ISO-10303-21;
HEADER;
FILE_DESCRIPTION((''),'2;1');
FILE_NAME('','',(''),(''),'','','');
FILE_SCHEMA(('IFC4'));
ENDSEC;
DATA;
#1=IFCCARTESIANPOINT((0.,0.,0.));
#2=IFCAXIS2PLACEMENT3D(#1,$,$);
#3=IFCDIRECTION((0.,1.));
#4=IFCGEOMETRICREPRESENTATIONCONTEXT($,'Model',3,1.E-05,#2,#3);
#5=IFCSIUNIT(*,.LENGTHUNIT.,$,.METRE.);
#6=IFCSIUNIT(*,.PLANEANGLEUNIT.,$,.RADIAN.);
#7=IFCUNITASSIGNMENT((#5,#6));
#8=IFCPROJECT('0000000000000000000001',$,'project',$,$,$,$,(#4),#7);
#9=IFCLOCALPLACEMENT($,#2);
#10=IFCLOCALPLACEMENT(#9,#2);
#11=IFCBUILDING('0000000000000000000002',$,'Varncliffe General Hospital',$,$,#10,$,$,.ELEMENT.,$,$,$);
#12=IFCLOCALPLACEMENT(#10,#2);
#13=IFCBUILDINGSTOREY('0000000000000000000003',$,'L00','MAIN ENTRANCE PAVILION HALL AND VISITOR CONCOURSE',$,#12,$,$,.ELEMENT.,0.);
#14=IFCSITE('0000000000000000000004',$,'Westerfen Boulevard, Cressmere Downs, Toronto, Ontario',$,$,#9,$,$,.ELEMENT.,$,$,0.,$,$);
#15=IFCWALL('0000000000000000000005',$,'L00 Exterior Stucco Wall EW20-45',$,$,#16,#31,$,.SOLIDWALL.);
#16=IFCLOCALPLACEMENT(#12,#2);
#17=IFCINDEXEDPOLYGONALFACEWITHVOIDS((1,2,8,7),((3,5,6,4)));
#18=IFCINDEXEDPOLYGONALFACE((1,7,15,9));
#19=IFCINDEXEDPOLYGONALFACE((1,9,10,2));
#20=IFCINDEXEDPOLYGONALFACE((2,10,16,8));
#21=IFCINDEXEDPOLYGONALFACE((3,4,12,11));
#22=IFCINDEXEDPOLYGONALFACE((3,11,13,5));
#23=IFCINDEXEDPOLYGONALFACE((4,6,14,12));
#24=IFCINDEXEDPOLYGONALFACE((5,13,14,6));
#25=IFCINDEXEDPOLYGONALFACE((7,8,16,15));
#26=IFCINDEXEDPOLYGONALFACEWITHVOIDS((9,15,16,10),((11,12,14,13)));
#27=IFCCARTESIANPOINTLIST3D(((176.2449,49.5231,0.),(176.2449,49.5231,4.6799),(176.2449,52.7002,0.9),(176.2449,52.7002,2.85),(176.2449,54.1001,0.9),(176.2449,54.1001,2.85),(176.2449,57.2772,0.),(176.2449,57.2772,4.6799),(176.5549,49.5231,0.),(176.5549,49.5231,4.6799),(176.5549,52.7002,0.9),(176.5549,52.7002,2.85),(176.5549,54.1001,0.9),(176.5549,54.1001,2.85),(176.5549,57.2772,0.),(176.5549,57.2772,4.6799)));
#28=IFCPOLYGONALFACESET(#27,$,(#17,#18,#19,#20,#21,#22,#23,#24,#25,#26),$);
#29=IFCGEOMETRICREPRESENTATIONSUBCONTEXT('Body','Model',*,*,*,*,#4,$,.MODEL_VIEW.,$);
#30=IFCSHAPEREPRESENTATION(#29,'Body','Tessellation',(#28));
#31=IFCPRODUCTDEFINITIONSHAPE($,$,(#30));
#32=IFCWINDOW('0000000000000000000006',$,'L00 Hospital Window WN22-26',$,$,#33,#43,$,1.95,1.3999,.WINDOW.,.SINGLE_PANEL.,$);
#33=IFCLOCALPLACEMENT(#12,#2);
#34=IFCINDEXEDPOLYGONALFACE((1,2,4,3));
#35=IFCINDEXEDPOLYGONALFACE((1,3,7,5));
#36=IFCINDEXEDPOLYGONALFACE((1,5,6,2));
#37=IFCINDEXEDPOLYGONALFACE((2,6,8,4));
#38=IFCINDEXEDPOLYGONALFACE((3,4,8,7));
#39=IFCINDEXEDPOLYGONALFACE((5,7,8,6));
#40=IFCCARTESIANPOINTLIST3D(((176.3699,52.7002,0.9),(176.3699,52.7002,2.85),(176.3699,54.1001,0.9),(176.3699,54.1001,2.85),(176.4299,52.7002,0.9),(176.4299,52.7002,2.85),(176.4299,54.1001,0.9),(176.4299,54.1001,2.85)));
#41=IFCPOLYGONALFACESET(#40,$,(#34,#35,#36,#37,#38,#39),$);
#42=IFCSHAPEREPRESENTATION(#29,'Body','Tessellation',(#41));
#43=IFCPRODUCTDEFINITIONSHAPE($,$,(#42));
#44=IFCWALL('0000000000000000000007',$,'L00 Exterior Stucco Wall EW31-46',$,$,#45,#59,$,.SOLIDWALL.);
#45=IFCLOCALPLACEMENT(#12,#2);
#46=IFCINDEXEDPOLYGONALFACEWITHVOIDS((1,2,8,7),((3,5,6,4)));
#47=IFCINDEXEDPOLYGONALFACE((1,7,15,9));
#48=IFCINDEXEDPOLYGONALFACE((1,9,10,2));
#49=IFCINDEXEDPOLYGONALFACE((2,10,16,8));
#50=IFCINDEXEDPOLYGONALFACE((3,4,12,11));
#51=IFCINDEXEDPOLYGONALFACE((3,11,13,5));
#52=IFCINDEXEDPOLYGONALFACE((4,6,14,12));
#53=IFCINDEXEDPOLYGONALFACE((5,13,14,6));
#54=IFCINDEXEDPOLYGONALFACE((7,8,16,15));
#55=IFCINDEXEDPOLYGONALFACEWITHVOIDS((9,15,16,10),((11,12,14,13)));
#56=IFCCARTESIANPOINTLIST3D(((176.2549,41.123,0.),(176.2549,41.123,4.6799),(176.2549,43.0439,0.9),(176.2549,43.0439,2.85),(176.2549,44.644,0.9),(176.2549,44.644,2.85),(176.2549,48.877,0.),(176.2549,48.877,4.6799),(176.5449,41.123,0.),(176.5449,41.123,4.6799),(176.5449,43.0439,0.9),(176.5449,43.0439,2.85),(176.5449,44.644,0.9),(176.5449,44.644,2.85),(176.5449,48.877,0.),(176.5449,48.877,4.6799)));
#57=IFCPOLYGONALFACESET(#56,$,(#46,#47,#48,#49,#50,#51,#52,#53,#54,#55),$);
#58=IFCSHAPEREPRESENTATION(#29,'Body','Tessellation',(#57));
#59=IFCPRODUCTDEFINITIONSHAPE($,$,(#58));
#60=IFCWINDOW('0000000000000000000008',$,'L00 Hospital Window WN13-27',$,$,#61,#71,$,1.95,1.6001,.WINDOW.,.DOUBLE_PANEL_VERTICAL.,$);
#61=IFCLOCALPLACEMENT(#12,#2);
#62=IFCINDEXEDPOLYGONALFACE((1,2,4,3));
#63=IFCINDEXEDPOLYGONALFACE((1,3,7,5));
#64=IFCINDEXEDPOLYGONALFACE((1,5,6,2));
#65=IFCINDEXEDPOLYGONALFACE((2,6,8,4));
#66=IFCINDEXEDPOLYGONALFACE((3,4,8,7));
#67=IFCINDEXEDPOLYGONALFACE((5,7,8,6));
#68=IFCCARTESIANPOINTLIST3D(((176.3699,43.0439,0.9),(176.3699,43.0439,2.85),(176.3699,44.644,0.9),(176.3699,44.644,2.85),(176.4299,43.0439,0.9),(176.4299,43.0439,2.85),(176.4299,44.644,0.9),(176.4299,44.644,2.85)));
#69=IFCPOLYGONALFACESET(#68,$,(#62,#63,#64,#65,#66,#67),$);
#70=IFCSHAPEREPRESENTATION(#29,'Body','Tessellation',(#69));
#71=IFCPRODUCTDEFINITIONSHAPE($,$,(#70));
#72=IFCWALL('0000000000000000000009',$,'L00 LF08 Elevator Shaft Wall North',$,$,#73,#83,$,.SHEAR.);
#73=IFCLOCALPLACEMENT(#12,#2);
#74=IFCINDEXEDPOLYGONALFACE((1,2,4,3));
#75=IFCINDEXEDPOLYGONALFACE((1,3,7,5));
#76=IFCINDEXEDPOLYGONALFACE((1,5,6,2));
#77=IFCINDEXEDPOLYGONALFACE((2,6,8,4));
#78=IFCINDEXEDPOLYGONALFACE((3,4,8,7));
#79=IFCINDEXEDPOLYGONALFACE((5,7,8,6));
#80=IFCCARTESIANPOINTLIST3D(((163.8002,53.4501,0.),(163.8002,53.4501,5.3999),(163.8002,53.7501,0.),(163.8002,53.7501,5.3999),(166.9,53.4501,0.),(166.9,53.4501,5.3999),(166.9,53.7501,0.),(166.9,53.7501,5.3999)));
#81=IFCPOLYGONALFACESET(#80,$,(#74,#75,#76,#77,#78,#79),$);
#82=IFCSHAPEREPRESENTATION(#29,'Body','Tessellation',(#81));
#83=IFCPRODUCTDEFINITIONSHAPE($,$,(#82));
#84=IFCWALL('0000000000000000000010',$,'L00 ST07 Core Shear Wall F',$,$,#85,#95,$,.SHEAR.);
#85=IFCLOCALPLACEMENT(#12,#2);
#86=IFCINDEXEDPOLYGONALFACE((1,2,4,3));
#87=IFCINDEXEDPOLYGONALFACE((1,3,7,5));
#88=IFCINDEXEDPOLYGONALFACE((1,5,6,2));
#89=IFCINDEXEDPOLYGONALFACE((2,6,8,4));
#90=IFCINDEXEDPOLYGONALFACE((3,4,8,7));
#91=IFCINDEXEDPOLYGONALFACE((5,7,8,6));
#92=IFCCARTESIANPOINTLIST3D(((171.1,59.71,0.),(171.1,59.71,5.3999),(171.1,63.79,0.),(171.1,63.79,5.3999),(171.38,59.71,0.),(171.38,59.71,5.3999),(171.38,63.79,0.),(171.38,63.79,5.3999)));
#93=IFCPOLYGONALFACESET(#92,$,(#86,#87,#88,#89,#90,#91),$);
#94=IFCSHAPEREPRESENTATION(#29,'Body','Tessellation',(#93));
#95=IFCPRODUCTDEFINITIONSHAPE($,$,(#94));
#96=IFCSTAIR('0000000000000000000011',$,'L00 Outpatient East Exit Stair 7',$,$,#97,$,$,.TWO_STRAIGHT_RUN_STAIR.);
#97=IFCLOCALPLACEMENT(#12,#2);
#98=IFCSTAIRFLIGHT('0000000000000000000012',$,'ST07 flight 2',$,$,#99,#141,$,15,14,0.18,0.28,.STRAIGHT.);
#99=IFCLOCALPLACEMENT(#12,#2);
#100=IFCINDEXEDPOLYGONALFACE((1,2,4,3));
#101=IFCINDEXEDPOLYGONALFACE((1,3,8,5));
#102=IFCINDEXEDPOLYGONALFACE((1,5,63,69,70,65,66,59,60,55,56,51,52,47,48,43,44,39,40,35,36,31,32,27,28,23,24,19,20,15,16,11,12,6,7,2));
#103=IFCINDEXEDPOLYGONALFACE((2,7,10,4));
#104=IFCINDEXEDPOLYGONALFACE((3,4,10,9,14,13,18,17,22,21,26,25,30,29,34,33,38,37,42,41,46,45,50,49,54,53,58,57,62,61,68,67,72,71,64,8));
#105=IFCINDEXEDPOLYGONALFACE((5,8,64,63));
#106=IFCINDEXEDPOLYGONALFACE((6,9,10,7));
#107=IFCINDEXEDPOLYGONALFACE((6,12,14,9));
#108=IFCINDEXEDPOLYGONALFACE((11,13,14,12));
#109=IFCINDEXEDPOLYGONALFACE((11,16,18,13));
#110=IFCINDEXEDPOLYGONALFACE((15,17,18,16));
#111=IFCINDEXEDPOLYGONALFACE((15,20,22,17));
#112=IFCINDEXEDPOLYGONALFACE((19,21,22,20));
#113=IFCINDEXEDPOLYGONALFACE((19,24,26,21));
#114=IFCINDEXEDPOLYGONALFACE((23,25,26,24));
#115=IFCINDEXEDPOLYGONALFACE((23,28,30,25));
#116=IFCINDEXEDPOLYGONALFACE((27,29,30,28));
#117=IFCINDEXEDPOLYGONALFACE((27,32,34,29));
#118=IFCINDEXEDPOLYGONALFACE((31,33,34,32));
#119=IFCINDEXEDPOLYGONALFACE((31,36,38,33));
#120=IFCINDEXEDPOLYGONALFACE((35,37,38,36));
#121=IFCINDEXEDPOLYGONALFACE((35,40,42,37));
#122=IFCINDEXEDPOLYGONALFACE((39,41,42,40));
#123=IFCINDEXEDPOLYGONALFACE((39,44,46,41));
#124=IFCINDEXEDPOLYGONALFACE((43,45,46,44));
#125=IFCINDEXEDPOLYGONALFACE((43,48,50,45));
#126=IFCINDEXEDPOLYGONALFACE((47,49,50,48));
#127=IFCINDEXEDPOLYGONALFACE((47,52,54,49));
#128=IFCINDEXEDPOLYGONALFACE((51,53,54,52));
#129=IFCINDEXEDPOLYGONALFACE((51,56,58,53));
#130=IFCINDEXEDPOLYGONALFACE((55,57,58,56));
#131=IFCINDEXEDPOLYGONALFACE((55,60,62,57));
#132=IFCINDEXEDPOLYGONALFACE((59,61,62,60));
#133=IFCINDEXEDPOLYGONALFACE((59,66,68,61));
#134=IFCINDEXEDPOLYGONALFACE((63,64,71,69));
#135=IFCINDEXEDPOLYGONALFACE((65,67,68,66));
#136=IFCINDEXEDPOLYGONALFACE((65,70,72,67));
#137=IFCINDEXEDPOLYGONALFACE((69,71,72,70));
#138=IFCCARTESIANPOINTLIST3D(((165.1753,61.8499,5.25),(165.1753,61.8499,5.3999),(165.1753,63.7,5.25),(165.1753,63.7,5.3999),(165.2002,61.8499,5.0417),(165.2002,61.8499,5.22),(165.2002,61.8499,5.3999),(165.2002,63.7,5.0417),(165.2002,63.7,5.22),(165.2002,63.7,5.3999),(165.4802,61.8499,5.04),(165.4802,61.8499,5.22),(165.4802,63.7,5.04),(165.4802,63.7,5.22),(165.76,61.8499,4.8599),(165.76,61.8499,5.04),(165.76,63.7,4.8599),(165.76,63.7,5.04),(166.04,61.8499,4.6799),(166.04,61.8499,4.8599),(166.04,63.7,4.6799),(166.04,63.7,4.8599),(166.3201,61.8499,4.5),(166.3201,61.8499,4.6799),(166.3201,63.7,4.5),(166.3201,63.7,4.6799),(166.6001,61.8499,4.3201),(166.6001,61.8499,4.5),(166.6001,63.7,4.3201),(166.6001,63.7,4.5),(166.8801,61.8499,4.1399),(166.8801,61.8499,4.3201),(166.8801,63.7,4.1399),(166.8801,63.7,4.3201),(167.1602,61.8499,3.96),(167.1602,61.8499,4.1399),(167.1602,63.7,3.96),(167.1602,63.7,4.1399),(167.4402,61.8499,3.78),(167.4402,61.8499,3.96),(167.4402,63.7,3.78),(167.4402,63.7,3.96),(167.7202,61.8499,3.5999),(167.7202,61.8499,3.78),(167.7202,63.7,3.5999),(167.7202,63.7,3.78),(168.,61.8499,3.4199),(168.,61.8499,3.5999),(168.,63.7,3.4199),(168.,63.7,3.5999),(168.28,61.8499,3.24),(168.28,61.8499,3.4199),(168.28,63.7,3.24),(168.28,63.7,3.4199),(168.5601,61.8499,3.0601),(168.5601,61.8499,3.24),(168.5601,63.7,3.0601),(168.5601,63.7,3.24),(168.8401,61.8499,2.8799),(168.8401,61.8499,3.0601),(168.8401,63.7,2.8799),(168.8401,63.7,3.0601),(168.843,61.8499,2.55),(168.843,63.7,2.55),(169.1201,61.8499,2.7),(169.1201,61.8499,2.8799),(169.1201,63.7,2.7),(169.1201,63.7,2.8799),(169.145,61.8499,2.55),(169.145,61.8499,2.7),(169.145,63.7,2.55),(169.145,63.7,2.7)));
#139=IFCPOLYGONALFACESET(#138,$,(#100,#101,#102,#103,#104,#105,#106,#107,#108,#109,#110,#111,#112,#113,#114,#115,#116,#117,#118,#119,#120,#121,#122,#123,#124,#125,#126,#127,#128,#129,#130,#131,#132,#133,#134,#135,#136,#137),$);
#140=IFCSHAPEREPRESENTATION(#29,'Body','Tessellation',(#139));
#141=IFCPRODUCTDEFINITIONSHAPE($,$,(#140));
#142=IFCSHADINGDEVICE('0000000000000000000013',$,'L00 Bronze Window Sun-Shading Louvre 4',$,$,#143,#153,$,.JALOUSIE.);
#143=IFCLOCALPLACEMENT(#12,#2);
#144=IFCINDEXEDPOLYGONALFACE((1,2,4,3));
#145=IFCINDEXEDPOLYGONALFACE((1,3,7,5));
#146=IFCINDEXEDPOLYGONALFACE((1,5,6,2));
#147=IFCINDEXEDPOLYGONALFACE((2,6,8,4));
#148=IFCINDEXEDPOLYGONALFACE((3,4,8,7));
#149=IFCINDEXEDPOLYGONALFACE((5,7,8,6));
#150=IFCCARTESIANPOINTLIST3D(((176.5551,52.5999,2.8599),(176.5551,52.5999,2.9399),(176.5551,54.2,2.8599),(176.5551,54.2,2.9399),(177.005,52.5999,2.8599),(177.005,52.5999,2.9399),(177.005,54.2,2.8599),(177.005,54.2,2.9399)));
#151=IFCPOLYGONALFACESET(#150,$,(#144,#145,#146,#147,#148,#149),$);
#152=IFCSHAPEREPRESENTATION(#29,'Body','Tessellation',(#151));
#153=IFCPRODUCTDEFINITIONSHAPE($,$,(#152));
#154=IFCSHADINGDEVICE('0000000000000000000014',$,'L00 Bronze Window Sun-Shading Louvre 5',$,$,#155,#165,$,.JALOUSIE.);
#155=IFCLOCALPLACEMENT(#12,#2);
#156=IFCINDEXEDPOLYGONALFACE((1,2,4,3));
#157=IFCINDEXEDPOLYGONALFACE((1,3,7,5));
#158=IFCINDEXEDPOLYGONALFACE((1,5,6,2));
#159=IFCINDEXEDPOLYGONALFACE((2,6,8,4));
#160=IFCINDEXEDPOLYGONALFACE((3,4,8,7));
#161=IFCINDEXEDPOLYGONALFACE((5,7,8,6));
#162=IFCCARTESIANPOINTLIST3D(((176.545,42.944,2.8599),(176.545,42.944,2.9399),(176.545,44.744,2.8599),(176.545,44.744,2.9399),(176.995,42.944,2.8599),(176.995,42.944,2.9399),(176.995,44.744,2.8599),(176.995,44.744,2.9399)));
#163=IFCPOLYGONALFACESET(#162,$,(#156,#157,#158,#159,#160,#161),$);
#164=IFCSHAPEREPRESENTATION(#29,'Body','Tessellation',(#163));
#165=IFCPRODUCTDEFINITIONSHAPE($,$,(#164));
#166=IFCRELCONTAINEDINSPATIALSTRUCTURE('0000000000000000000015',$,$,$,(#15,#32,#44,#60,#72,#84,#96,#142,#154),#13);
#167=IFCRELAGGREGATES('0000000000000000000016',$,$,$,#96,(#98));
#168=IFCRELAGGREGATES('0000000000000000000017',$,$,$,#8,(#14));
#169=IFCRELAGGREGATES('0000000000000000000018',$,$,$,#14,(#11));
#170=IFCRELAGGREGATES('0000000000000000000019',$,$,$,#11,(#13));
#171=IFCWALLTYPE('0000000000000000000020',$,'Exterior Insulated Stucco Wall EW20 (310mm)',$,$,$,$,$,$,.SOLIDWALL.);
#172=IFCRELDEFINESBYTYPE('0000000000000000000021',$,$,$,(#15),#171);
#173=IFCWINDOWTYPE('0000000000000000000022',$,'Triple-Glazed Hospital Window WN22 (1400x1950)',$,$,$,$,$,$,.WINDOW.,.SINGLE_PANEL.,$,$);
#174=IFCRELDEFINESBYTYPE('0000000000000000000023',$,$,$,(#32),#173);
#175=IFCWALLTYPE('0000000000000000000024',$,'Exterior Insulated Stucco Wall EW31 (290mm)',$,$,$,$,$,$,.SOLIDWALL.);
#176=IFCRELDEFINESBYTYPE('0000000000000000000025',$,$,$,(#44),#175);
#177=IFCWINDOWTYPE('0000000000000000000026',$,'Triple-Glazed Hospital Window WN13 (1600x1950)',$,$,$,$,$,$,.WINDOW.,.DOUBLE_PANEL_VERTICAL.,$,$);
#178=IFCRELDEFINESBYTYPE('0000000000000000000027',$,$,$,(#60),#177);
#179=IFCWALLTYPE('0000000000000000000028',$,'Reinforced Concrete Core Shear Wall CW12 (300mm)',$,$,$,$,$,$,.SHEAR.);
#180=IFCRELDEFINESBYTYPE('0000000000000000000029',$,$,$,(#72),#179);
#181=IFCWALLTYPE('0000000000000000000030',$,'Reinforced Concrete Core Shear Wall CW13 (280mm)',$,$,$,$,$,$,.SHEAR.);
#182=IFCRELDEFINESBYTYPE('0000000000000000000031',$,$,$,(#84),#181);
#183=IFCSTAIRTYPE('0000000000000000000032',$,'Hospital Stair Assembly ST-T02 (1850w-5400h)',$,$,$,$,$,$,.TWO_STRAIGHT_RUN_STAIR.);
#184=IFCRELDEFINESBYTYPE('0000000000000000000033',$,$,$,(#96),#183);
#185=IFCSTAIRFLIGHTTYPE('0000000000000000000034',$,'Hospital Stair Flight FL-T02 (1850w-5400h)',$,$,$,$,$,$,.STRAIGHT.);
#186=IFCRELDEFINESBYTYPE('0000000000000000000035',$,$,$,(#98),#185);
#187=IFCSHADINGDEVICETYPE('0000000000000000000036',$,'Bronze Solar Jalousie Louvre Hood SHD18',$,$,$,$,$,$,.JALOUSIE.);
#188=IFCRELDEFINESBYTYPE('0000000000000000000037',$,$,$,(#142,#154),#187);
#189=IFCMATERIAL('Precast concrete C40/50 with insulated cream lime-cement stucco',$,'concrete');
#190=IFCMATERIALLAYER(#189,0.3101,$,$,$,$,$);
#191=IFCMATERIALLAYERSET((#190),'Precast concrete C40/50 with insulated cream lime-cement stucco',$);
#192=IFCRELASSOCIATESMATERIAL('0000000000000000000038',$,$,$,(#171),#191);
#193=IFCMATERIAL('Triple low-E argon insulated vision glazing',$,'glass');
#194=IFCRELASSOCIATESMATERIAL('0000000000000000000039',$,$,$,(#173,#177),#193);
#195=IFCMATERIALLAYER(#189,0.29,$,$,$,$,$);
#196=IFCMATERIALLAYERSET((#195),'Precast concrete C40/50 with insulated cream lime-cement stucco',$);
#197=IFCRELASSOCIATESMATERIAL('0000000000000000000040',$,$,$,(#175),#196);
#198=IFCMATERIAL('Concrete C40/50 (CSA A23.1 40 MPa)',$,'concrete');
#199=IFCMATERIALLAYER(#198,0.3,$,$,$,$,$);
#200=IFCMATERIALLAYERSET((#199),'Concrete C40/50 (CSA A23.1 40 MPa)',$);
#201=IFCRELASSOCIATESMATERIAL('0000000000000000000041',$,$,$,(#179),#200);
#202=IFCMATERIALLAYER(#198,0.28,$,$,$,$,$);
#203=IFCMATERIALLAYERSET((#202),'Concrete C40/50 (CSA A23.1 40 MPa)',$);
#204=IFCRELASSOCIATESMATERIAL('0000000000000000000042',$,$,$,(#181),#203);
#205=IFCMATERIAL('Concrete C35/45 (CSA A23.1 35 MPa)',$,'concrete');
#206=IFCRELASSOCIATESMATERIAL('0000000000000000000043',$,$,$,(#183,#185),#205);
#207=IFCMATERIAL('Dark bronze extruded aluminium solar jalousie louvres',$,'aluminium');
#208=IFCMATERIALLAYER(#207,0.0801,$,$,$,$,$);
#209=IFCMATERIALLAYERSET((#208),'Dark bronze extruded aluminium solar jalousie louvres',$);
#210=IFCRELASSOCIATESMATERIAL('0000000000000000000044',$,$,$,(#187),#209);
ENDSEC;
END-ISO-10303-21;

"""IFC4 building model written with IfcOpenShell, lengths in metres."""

from ifc_helpers import new_model, si_unit, direction, frame, frame_2d, origin, origin_2d, place, context, subcontext, project, spatial, polyline, rectangle, outline, extrude, material, layer, layer_set, type_object, element, fill, aggregate, save


model = new_model("IFC4")

# Units and contexts
model_context = context("Model", 3, precision=1e-05, world=origin(), true_north=direction((0.0, 1.0)))
body_context = subcontext(model_context, "Body", "Model", "MODEL_VIEW")
ifc_project = project(units=[si_unit("LENGTHUNIT", "METRE"), si_unit("PLANEANGLEUNIT", "RADIAN")], contexts=[model_context])

# Site, building, storey
site_placement = place(None, origin())
site = spatial("IfcSite", under=ifc_project, at=site_placement, Name="Westerfen Boulevard, Cressmere Downs, Toronto, Ontario", CompositionType="ELEMENT", RefElevation=0.0)
building_placement = place(site_placement, origin())
building = spatial("IfcBuilding", under=site, at=building_placement, Name="Varncliffe General Hospital", CompositionType="ELEMENT")
storey_placement = place(building_placement, origin())
storey = spatial("IfcBuildingStorey", under=building, at=storey_placement, Name="L00", Description="MAIN ENTRANCE PAVILION HALL AND VISITOR CONCOURSE", CompositionType="ELEMENT", Elevation=0.0)

# Shared definitions
ifc_material_1 = material(Name="Concrete C40/50 (CSA A23.1 40 MPa)", Category="concrete")

# Shared definitions
ifc_material_2 = material(Name="Concrete C35/45 (CSA A23.1 35 MPa)", Category="concrete")

# Walls, openings, windows
ifc_material_3 = material(Name="Precast concrete C40/50 with insulated cream lime-cement stucco", Category="concrete")
ifc_layer_1 = layer(ifc_material_3, 0.3101)
ifc_layer_set_1 = layer_set([ifc_layer_1], Name="Precast concrete C40/50 with insulated cream lime-cement stucco")
wall_type_1 = type_object("IfcWallType", Name="Exterior Insulated Stucco Wall EW20 (310mm)", PredefinedType="SOLIDWALL", material=ifc_layer_set_1)
wall_1_placement = place(storey_placement, frame((176.3999, 57.2771, 0.0), z_axis=(0.0, 0.0, 1.0), x_axis=(0.0, -1.0, 0.0)))
wall_1 = element("IfcWall", 1, at=wall_1_placement, inside=storey, type_object=wall_type_1, Name="L00 Exterior Stucco Wall EW20-45", PredefinedType="SOLIDWALL", context=body_context, shape_type="SweptSolid", body=[
    extrude(rectangle(XDim=7.7542, YDim=0.3101, at=frame_2d((3.877, 0.0))), origin(), (0.0, 0.0, 1.0), 4.6799),
])
opening_1_placement = place(wall_1_placement, frame((3.177, 0.0, 0.8999)))
opening_1 = element("IfcOpeningElement", 2, at=opening_1_placement, cuts=wall_1, PredefinedType="OPENING", context=body_context, shape_type="SweptSolid", body=[
    extrude(rectangle(XDim=1.3999, YDim=1.95, at=frame_2d((0.7, 0.9751))), frame((0.0, 0.165, 0.0), z_axis=(0.0, -1.0, 0.0), x_axis=(1.0, 0.0, 0.0)), (0.0, 0.0, 1.0), 0.3301),
])
ifc_material_4 = material(Name="Triple low-E argon insulated vision glazing", Category="glass")
window_type_1 = type_object("IfcWindowType", Name="Triple-Glazed Hospital Window WN22 (1400x1950)", PartitioningType="SINGLE_PANEL", PredefinedType="WINDOW", material=ifc_material_4)
window_1_placement = place(opening_1_placement, origin())
window_1 = element("IfcWindow", 3, at=window_1_placement, inside=storey, type_object=window_type_1, Name="L00 Hospital Window WN22-26", OverallHeight=1.95, OverallWidth=1.3999, PartitioningType="SINGLE_PANEL", PredefinedType="WINDOW", context=body_context, shape_type="SweptSolid", body=[
    extrude(rectangle(XDim=1.3999, YDim=1.95, at=frame_2d((0.7, 0.9751))), frame((0.0, 0.03, 0.0), z_axis=(0.0, -1.0, 0.0), x_axis=(1.0, 0.0, 0.0)), (0.0, 0.0, 1.0), 0.0601),
])
fill(opening_1, window_1)
ifc_layer_2 = layer(ifc_material_3, 0.29)
ifc_layer_set_2 = layer_set([ifc_layer_2], Name="Precast concrete C40/50 with insulated cream lime-cement stucco")
wall_type_2 = type_object("IfcWallType", Name="Exterior Insulated Stucco Wall EW31 (290mm)", PredefinedType="SOLIDWALL", material=ifc_layer_set_2)
wall_2_placement = place(storey_placement, frame((176.3999, 48.877, 0.0), z_axis=(0.0, 0.0, 1.0), x_axis=(0.0, -1.0, 0.0)))
wall_2 = element("IfcWall", 4, at=wall_2_placement, inside=storey, type_object=wall_type_2, Name="L00 Exterior Stucco Wall EW31-46", PredefinedType="SOLIDWALL", context=body_context, shape_type="SweptSolid", body=[
    extrude(rectangle(XDim=7.7539, YDim=0.29, at=frame_2d((3.877, 0.0))), origin(), (0.0, 0.0, 1.0), 4.6799),
])
opening_2_placement = place(wall_2_placement, frame((4.2329, 0.0, 0.8999)))
opening_2 = element("IfcOpeningElement", 5, at=opening_2_placement, cuts=wall_2, PredefinedType="OPENING", context=body_context, shape_type="SweptSolid", body=[
    extrude(rectangle(XDim=1.6001, YDim=1.95, at=frame_2d((0.8, 0.9751))), frame((0.0, 0.155, 0.0), z_axis=(0.0, -1.0, 0.0), x_axis=(1.0, 0.0, 0.0)), (0.0, 0.0, 1.0), 0.3101),
])
window_type_2 = type_object("IfcWindowType", Name="Triple-Glazed Hospital Window WN13 (1600x1950)", PartitioningType="DOUBLE_PANEL_VERTICAL", PredefinedType="WINDOW", material=ifc_material_4)
window_2_placement = place(opening_2_placement, origin())
window_2 = element("IfcWindow", 6, at=window_2_placement, inside=storey, type_object=window_type_2, Name="L00 Hospital Window WN13-27", OverallHeight=1.95, OverallWidth=1.6001, PartitioningType="DOUBLE_PANEL_VERTICAL", PredefinedType="WINDOW", context=body_context, shape_type="SweptSolid", body=[
    extrude(rectangle(XDim=1.6001, YDim=1.95, at=frame_2d((0.8, 0.9751))), frame((0.0, 0.03, 0.0), z_axis=(0.0, -1.0, 0.0), x_axis=(1.0, 0.0, 0.0)), (0.0, 0.0, 1.0), 0.0601),
])
fill(opening_2, window_2)

# Walls
ifc_layer_3 = layer(ifc_material_1, 0.3)
ifc_layer_set_3 = layer_set([ifc_layer_3], Name="Concrete C40/50 (CSA A23.1 40 MPa)")
wall_type_3 = type_object("IfcWallType", Name="Reinforced Concrete Core Shear Wall CW12 (300mm)", PredefinedType="SHEAR", material=ifc_layer_set_3)
wall_3_placement = place(storey_placement, frame((166.8999, 53.6001, 0.0), z_axis=(0.0, 0.0, 1.0), x_axis=(-1.0, 0.0, 0.0)))
element("IfcWall", 7, at=wall_3_placement, inside=storey, type_object=wall_type_3, Name="L00 LF08 Elevator Shaft Wall North", PredefinedType="SHEAR", context=body_context, shape_type="SweptSolid", body=[
    extrude(rectangle(XDim=3.0999, YDim=0.3, at=frame_2d((1.5498, 0.0))), origin(), (0.0, 0.0, 1.0), 5.3999),
])
ifc_layer_4 = layer(ifc_material_1, 0.28)
ifc_layer_set_4 = layer_set([ifc_layer_4], Name="Concrete C40/50 (CSA A23.1 40 MPa)")
wall_type_4 = type_object("IfcWallType", Name="Reinforced Concrete Core Shear Wall CW13 (280mm)", PredefinedType="SHEAR", material=ifc_layer_set_4)
wall_4_placement = place(storey_placement, frame((171.24, 59.71, 0.0), z_axis=(0.0, 0.0, 1.0), x_axis=(0.0, 1.0, 0.0)))
element("IfcWall", 8, at=wall_4_placement, inside=storey, type_object=wall_type_4, Name="L00 ST07 Core Shear Wall F", PredefinedType="SHEAR", context=body_context, shape_type="SweptSolid", body=[
    extrude(rectangle(XDim=4.0801, YDim=0.28, at=frame_2d((2.04, 0.0))), origin(), (0.0, 0.0, 1.0), 5.3999),
])

# Stair, stair flight
stair_type = type_object("IfcStairType", Name="Hospital Stair Assembly ST-T02 (1850w-5400h)", PredefinedType="TWO_STRAIGHT_RUN_STAIR", material=ifc_material_2)
stair_placement = place(storey_placement, origin())
stair = element("IfcStair", 9, at=stair_placement, inside=storey, type_object=stair_type, Name="L00 Outpatient East Exit Stair 7", PredefinedType="TWO_STRAIGHT_RUN_STAIR")
stair_flight_type = type_object("IfcStairFlightType", Name="Hospital Stair Flight FL-T02 (1850w-5400h)", PredefinedType="STRAIGHT", material=ifc_material_2)
stair_flight_placement = place(storey_placement, frame((169.1201, 62.7749, 2.7), z_axis=(0.0, 0.0, 1.0), x_axis=(-1.0, 0.0, 0.0)))
stair_flight = element("IfcStairFlight", 10, at=stair_flight_placement, type_object=stair_flight_type, Name="ST07 flight 2", NumberOfRisers=15, NumberOfTreads=14, PredefinedType="STRAIGHT", RiserHeight=0.18, TreadLength=0.28, context=body_context, shape_type="SweptSolid", body=[
    extrude(outline(polyline([(-0.0249, -0.1499), (-0.0249, 0.0), (0.0, 0.0), (0.0, 0.1799), (0.28, 0.1799), (0.28, 0.3601), (0.5601, 0.3601), (0.5601, 0.54), (0.8401, 0.54), (0.8401, 0.72), (1.1201, 0.72), (1.1201, 0.8999), (1.3999, 0.8999), (1.3999, 1.0801), (1.6799, 1.0801), (1.6799, 1.26), (1.96, 1.26), (1.96, 1.4399), (2.24, 1.4399), (2.24, 1.6201), (2.52, 1.6201), (2.52, 1.8), (2.8, 1.8), (2.8, 1.98), (3.0801, 1.98), (3.0801, 2.1599), (3.3601, 2.1599), (3.3601, 2.3401), (3.6399, 2.3401), (3.6399, 2.52), (3.9199, 2.52), (3.9199, 2.7), (3.9448, 2.7), (3.9448, 2.55), (3.9199, 2.3418), (0.2771, -0.1499), (-0.0249, -0.1499)])), frame((0.0, 0.925, 0.0), z_axis=(0.0, -1.0, 0.0), x_axis=(1.0, 0.0, 0.0)), (0.0, 0.0, 1.0), 1.8501),
])
aggregate(stair, [stair_flight])

# Shading devices
ifc_material_5 = material(Name="Dark bronze extruded aluminium solar jalousie louvres", Category="aluminium")
ifc_layer_5 = layer(ifc_material_5, 0.0801)
ifc_layer_set_5 = layer_set([ifc_layer_5], Name="Dark bronze extruded aluminium solar jalousie louvres")
shading_device_type = type_object("IfcShadingDeviceType", Name="Bronze Solar Jalousie Louvre Hood SHD18", PredefinedType="JALOUSIE", material=ifc_layer_set_5)
shading_device_1_placement = place(storey_placement, frame((176.78, 53.3999, 2.8599), z_axis=(0.0, 0.0, 1.0), x_axis=(0.0, -1.0, 0.0)))
element("IfcShadingDevice", 11, at=shading_device_1_placement, inside=storey, type_object=shading_device_type, Name="L00 Bronze Window Sun-Shading Louvre 4", PredefinedType="JALOUSIE", context=body_context, shape_type="SweptSolid", body=[
    extrude(rectangle(XDim=1.6001, YDim=0.45, at=origin_2d()), origin(), (0.0, 0.0, 1.0), 0.0801),
])
shading_device_2_placement = place(storey_placement, frame((176.77, 43.844, 2.8599), z_axis=(0.0, 0.0, 1.0), x_axis=(0.0, -1.0, 0.0)))
element("IfcShadingDevice", 12, at=shading_device_2_placement, inside=storey, type_object=shading_device_type, Name="L00 Bronze Window Sun-Shading Louvre 5", PredefinedType="JALOUSIE", context=body_context, shape_type="SweptSolid", body=[
    extrude(rectangle(XDim=1.8, YDim=0.45, at=origin_2d()), origin(), (0.0, 0.0, 1.0), 0.0801),
])

save(model, "model.ifc")
